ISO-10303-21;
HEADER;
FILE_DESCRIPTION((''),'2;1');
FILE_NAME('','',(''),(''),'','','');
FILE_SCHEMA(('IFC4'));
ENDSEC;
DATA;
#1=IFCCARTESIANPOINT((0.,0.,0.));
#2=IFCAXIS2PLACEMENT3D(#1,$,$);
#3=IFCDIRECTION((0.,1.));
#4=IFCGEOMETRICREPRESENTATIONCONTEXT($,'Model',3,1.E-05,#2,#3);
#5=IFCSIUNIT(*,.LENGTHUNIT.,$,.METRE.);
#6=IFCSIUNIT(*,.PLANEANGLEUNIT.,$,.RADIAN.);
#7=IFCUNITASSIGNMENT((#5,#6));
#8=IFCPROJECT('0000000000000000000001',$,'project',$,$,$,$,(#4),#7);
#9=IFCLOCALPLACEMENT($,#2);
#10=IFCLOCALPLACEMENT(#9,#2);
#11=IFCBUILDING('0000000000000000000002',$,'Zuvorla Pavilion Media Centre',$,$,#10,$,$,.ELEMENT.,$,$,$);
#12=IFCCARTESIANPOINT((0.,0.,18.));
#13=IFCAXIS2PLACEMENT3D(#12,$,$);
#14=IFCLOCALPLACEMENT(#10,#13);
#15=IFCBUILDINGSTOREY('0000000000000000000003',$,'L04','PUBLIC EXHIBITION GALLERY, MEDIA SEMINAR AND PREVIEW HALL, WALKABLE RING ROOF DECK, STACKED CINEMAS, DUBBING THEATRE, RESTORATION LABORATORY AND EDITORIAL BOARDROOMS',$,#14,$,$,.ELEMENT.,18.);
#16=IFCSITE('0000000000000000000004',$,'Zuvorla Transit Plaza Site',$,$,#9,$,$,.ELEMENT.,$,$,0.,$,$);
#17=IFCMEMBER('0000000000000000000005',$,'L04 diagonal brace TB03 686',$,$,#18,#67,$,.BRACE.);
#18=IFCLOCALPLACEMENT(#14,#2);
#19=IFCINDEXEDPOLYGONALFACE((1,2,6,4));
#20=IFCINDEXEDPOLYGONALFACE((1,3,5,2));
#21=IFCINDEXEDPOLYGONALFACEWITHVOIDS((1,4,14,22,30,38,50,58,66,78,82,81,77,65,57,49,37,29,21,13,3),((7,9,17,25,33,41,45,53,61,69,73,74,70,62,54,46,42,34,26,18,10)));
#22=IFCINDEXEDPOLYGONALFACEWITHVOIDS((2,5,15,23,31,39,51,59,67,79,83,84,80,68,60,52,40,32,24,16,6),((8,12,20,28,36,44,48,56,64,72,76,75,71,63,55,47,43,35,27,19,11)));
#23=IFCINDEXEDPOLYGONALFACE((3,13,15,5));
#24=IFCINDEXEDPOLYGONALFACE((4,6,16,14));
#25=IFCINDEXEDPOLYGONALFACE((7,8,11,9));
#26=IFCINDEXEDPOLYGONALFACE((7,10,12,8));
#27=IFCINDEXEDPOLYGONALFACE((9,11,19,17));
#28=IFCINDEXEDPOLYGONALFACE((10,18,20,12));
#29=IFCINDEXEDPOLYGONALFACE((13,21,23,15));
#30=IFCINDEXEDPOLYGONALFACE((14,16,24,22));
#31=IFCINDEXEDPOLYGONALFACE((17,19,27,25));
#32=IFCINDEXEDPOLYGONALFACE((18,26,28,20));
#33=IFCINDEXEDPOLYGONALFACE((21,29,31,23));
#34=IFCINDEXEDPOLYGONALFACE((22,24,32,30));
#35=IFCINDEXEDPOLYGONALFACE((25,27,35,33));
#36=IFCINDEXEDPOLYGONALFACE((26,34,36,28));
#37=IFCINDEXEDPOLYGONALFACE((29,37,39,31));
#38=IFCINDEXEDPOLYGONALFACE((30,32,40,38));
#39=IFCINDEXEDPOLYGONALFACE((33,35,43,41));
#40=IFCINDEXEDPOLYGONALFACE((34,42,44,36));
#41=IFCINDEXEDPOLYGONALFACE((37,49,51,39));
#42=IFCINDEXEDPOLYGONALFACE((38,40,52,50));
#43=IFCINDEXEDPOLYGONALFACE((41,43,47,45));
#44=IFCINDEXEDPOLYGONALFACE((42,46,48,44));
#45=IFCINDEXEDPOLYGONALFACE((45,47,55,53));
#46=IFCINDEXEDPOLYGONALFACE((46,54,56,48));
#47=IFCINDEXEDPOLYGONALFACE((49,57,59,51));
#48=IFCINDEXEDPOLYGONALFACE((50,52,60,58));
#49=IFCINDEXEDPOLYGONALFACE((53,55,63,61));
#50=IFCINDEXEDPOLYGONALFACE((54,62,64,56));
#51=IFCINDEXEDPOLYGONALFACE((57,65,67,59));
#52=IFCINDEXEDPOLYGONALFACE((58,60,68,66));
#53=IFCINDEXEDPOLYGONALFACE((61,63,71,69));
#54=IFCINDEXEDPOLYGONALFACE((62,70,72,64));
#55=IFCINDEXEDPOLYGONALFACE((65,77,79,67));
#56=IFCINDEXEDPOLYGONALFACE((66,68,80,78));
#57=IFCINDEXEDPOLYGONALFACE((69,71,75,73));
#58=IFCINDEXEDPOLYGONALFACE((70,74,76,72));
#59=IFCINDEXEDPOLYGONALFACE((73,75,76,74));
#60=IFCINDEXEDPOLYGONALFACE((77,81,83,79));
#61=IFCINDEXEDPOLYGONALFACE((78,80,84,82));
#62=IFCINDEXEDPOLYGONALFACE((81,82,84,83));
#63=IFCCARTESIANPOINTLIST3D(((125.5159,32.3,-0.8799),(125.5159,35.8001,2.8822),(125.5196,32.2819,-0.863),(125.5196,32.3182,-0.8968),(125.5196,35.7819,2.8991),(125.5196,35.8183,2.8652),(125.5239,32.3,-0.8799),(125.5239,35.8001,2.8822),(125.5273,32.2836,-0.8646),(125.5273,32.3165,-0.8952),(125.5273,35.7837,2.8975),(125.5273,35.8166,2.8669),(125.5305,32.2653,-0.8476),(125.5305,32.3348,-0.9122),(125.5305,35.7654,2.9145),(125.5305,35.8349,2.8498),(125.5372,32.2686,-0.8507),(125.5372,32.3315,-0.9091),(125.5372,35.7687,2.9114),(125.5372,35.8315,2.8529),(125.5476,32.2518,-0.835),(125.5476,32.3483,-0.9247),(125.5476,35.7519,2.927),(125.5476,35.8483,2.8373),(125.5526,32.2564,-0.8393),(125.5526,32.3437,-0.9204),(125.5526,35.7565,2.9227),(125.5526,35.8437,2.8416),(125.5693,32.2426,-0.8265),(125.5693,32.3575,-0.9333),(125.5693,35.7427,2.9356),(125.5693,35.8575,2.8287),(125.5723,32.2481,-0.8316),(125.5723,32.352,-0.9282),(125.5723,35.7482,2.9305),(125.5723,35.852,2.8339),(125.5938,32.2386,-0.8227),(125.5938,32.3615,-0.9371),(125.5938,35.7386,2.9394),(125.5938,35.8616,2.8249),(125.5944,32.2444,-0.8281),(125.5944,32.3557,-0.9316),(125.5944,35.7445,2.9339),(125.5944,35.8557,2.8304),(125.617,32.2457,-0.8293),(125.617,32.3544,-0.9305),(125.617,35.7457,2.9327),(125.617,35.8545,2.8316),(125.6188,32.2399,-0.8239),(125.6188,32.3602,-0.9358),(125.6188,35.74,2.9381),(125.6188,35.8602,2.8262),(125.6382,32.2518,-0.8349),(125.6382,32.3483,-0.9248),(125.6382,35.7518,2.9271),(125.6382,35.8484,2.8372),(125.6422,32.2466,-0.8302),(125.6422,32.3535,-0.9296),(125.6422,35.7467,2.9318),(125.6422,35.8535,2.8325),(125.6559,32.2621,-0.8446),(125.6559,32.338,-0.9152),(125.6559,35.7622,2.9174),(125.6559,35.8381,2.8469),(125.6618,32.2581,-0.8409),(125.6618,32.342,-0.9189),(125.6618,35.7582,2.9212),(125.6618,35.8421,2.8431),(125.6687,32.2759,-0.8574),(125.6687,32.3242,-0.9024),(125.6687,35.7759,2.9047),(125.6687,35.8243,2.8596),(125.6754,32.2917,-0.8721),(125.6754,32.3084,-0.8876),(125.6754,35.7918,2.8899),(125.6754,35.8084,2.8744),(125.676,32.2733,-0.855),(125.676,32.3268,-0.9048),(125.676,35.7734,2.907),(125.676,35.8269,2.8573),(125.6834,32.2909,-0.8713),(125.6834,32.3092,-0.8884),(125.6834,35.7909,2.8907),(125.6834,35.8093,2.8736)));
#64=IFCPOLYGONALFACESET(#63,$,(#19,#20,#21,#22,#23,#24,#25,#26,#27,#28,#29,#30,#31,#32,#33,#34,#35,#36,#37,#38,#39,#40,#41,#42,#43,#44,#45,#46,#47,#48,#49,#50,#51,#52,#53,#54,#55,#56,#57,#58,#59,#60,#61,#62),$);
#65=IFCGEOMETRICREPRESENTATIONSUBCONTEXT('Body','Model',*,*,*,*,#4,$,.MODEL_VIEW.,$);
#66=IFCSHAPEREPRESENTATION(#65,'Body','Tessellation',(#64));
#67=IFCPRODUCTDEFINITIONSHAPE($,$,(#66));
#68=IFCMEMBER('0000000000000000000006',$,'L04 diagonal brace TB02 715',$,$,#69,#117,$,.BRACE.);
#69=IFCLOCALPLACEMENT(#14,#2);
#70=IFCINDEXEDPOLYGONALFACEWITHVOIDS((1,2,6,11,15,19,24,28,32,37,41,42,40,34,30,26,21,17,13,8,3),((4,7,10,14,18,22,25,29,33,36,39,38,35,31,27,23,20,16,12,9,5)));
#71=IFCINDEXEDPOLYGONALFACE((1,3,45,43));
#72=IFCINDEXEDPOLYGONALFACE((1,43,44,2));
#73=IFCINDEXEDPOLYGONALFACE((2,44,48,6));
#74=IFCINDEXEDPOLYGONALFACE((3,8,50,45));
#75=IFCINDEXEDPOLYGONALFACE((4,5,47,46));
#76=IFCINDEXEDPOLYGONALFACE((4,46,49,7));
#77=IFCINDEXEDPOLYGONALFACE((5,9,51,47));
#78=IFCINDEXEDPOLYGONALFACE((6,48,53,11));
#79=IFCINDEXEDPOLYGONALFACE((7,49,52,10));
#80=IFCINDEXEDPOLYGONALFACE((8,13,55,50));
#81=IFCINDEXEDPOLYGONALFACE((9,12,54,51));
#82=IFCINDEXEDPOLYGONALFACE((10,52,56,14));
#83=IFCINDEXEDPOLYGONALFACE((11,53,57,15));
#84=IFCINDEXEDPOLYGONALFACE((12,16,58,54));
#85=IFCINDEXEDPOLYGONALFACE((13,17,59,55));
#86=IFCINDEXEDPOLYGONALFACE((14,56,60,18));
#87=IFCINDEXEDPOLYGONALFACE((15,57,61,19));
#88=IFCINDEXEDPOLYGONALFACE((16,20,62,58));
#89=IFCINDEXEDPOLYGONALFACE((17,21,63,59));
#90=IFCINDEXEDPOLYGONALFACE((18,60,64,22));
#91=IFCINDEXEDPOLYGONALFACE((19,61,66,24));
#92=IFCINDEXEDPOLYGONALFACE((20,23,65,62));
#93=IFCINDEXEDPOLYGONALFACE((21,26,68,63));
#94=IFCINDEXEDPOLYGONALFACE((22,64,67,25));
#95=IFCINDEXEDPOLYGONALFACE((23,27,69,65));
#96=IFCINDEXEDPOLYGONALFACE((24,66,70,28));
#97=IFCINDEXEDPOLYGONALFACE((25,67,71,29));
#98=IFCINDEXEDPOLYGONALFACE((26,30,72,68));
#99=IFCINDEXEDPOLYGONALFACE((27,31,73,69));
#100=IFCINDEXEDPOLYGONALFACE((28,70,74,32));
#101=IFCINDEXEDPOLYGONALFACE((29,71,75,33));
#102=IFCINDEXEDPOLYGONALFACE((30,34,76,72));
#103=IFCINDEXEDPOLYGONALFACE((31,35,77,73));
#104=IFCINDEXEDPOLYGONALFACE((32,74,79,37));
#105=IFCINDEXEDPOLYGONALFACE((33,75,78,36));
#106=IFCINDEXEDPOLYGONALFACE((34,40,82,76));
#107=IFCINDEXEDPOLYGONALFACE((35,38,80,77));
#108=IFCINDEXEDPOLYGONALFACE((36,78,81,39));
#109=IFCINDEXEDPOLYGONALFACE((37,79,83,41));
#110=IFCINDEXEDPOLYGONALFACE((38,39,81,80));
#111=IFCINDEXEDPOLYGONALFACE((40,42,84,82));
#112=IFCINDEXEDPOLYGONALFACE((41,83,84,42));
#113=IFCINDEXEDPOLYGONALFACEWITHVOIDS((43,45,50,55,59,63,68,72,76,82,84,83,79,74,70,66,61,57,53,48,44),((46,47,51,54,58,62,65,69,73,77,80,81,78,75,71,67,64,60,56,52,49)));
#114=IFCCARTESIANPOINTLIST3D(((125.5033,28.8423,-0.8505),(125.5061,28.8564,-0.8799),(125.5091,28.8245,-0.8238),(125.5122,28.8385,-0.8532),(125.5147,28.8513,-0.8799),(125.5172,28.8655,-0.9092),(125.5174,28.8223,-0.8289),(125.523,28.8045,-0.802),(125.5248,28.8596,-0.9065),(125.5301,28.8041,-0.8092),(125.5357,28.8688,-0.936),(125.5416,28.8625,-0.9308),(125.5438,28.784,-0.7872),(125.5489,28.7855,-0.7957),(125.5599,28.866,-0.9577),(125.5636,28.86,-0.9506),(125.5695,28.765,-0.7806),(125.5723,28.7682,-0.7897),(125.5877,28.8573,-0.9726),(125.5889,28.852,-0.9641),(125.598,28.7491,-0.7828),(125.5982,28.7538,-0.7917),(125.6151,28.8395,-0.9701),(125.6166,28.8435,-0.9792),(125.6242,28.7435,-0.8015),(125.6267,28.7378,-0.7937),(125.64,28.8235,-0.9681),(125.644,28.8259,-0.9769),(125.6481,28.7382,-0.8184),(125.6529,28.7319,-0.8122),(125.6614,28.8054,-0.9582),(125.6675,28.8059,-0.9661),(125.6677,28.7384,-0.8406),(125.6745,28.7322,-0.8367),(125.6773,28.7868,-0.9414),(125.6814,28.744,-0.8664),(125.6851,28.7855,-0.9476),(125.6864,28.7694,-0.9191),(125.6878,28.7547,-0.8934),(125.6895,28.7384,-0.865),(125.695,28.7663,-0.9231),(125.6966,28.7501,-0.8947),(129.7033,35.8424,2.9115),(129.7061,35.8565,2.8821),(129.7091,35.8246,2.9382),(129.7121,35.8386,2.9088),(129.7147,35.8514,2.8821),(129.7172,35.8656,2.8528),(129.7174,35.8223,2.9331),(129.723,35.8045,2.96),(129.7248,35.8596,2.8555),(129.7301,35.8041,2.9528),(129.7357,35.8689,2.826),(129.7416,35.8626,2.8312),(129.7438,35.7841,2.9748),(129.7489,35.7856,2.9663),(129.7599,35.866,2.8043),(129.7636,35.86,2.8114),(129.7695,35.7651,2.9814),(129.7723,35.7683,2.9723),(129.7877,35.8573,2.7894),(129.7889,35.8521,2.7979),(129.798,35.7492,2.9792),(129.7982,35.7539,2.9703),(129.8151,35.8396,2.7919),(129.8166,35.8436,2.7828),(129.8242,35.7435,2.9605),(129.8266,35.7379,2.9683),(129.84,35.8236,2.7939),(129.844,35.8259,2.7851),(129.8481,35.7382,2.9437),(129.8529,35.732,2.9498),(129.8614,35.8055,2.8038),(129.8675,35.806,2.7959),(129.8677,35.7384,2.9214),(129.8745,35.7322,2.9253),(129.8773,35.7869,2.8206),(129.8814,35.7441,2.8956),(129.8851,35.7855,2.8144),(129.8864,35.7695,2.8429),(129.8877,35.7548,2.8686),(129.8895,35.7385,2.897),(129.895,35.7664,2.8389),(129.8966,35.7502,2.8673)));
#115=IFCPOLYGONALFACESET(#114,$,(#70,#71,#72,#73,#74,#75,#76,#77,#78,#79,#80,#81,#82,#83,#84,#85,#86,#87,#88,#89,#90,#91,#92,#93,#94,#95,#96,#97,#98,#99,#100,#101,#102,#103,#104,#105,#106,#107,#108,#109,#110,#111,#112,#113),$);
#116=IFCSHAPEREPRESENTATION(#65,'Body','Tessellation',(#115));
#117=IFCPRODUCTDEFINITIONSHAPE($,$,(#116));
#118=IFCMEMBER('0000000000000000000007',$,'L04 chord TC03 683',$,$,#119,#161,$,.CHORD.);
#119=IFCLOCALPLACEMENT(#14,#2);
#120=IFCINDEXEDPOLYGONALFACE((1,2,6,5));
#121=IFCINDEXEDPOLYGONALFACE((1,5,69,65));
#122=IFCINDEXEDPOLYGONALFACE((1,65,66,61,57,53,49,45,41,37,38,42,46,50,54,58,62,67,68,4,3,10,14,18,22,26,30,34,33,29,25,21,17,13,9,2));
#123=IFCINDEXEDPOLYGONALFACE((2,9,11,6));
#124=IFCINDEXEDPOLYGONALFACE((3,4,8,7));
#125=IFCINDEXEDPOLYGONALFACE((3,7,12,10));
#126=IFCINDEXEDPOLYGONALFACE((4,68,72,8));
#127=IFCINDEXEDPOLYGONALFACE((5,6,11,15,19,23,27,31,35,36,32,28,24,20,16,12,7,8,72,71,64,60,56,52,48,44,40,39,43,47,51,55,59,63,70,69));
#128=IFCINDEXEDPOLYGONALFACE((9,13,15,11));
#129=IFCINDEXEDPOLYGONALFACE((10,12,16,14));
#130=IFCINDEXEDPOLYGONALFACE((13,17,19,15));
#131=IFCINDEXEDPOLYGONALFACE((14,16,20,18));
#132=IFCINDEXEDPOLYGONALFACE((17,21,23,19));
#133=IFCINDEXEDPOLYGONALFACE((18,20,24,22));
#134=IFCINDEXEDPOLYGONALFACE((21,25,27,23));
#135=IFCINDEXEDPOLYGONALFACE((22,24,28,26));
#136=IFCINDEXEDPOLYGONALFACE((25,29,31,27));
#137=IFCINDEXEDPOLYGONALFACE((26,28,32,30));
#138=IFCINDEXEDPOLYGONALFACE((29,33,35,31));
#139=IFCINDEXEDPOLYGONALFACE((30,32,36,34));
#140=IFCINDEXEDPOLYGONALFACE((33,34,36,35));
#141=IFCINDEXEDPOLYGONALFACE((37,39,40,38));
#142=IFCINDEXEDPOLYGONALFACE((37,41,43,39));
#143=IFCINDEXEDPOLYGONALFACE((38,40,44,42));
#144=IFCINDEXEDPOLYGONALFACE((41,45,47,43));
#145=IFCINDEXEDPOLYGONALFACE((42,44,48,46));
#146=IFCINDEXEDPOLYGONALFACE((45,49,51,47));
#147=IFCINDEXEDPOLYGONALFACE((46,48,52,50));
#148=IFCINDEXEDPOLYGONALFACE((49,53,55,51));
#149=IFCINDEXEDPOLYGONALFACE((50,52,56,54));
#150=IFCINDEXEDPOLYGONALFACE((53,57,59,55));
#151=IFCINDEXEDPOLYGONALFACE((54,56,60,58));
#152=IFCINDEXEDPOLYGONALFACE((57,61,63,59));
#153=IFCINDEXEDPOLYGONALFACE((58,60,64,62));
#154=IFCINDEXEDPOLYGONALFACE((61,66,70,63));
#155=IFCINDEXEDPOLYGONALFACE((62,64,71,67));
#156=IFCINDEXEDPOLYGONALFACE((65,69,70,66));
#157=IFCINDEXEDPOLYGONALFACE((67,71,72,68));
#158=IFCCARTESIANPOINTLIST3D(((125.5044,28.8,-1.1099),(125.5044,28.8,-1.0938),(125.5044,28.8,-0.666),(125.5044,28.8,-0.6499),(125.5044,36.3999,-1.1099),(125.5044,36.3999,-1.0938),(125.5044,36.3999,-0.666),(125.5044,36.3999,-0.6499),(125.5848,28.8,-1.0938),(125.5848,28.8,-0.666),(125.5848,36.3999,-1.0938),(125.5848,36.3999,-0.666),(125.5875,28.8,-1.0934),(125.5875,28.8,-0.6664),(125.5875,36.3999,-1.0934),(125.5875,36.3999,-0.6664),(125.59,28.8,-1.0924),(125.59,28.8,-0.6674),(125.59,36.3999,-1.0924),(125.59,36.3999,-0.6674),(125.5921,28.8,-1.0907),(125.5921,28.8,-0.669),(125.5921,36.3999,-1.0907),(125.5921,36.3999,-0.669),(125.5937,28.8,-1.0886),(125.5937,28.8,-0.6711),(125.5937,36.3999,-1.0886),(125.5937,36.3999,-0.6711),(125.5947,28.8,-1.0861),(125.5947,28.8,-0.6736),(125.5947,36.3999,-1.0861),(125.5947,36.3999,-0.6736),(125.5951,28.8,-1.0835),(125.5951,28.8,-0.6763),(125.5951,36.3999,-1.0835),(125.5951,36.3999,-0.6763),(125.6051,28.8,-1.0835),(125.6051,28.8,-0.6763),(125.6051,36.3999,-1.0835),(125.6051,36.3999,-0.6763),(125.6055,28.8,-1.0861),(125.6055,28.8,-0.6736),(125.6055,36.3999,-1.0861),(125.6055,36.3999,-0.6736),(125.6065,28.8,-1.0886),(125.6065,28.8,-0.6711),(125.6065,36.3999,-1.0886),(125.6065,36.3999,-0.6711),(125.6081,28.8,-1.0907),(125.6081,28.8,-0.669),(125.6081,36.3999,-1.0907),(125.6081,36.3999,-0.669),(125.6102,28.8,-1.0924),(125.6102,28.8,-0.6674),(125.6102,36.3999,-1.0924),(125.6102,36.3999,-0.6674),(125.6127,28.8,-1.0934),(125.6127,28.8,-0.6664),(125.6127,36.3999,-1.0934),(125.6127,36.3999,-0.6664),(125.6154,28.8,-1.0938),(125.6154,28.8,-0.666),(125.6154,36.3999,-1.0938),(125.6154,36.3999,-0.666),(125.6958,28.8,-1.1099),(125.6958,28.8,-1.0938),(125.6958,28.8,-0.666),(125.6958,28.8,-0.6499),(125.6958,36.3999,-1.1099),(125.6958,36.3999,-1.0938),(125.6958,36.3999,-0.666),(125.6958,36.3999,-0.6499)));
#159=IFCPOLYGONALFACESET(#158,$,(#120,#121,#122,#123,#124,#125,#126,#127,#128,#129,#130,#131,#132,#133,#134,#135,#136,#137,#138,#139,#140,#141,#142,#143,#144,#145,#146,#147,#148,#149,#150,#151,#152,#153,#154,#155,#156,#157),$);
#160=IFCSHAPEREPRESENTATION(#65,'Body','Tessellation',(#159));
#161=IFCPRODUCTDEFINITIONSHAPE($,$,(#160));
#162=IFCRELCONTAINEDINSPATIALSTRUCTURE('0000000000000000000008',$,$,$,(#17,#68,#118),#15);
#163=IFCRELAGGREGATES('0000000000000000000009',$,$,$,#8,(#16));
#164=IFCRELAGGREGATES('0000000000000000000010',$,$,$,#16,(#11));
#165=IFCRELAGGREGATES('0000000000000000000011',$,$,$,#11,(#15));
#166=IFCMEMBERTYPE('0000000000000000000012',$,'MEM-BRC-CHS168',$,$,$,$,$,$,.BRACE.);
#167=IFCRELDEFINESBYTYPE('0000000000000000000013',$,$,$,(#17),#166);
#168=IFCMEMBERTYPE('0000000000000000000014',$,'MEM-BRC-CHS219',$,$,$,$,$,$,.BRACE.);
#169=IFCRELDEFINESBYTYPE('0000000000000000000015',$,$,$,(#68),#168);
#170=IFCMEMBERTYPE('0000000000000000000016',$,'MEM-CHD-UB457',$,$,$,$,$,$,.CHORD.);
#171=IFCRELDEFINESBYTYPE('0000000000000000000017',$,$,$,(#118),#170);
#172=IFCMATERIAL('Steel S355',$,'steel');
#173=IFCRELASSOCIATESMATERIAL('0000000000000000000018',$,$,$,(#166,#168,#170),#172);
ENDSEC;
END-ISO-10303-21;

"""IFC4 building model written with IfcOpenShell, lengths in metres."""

from ifc_helpers import new_model, si_unit, direction, frame, origin, origin_2d, place, context, subcontext, project, spatial, hollow_circle, i_section, extrude, material, material_profile, profile_set, type_object, element, save


model = new_model("IFC4")

# Units and contexts
model_context = context("Model", 3, precision=1e-05, world=origin(), true_north=direction((0.0, 1.0)))
body_context = subcontext(model_context, "Body", "Model", "MODEL_VIEW")
ifc_project = project(units=[si_unit("LENGTHUNIT", "METRE"), si_unit("PLANEANGLEUNIT", "RADIAN")], contexts=[model_context])

# Site, building, storey
site_placement = place(None, origin())
site = spatial("IfcSite", under=ifc_project, at=site_placement, Name="Zuvorla Transit Plaza Site", CompositionType="ELEMENT", RefElevation=0.0)
building_placement = place(site_placement, origin())
building = spatial("IfcBuilding", under=site, at=building_placement, Name="Zuvorla Pavilion Media Centre", CompositionType="ELEMENT")
storey_placement = place(building_placement, frame((0.0, 0.0, 18.0)))
storey = spatial("IfcBuildingStorey", under=building, at=storey_placement, Name="L04", Description="PUBLIC EXHIBITION GALLERY, MEDIA SEMINAR AND PREVIEW HALL, WALKABLE RING ROOF DECK, STACKED CINEMAS, DUBBING THEATRE, RESTORATION LABORATORY AND EDITORIAL BOARDROOMS", CompositionType="ELEMENT", Elevation=18.0)

# Shared definitions
ifc_material_1 = material(Name="Steel S355", Category="steel")

# Members
ifc_material_profile_1 = material_profile(ifc_material_1, hollow_circle(Radius=0.0842, WallThickness=0.0081, at=origin_2d()), Name="CHS 168.3x8")
ifc_profile_set_1 = profile_set([ifc_material_profile_1], Name="Steel S355")
member_type_1 = type_object("IfcMemberType", Name="MEM-BRC-CHS168", PredefinedType="BRACE", material=ifc_profile_set_1)
member_1_placement = place(storey_placement, frame((125.6001, 32.3, -0.8799), z_axis=(0.0, 0.681156, 0.732138), x_axis=(-1.0, 0.0, 0.0)))
element("IfcMember", 1, at=member_1_placement, inside=storey, type_object=member_type_1, Name="L04 diagonal brace TB03 686", PredefinedType="BRACE", context=body_context, shape_type="SweptSolid", body=[
    extrude(hollow_circle(Radius=0.0842, WallThickness=0.0081, at=origin_2d()), origin(), (0.0, 0.0, 1.0), 5.1384),
])
ifc_material_profile_2 = material_profile(ifc_material_1, hollow_circle(Radius=0.1096, WallThickness=0.01, at=origin_2d()), Name="CHS 219.1x10")
ifc_profile_set_2 = profile_set([ifc_material_profile_2], Name="Steel S355")
member_type_2 = type_object("IfcMemberType", Name="MEM-BRC-CHS219", PredefinedType="BRACE", material=ifc_profile_set_2)
member_2_placement = place(storey_placement, frame((125.6001, 28.8, -0.8799), z_axis=(0.467262, 0.778779, 0.418534), x_axis=(-0.857496, 0.514491, 0.0)))
element("IfcMember", 2, at=member_2_placement, inside=storey, type_object=member_type_2, Name="L04 diagonal brace TB02 715", PredefinedType="BRACE", context=body_context, shape_type="SweptSolid", body=[
    extrude(hollow_circle(Radius=0.1096, WallThickness=0.01, at=origin_2d()), origin(), (0.0, 0.0, 1.0), 8.9885),
])
ifc_material_profile_3 = material_profile(ifc_material_1, i_section(OverallWidth=0.1914, OverallDepth=0.46, WebThickness=0.01, FlangeThickness=0.0161, FilletRadius=0.0103, at=origin_2d()), Name="UB 457x191x82")
ifc_profile_set_3 = profile_set([ifc_material_profile_3], Name="Steel S355")
member_type_3 = type_object("IfcMemberType", Name="MEM-CHD-UB457", PredefinedType="CHORD", material=ifc_profile_set_3)
member_3_placement = place(storey_placement, frame((125.6001, 28.8, -0.8799), z_axis=(0.0, 1.0, 0.0), x_axis=(-1.0, 0.0, 0.0)))
element("IfcMember", 3, at=member_3_placement, inside=storey, type_object=member_type_3, Name="L04 chord TC03 683", PredefinedType="CHORD", context=body_context, shape_type="SweptSolid", body=[
    extrude(i_section(OverallWidth=0.1914, OverallDepth=0.46, WebThickness=0.01, FlangeThickness=0.0161, FilletRadius=0.0103, at=origin_2d()), origin(), (0.0, 0.0, 1.0), 7.5999),
])

save(model, "model.ifc")
